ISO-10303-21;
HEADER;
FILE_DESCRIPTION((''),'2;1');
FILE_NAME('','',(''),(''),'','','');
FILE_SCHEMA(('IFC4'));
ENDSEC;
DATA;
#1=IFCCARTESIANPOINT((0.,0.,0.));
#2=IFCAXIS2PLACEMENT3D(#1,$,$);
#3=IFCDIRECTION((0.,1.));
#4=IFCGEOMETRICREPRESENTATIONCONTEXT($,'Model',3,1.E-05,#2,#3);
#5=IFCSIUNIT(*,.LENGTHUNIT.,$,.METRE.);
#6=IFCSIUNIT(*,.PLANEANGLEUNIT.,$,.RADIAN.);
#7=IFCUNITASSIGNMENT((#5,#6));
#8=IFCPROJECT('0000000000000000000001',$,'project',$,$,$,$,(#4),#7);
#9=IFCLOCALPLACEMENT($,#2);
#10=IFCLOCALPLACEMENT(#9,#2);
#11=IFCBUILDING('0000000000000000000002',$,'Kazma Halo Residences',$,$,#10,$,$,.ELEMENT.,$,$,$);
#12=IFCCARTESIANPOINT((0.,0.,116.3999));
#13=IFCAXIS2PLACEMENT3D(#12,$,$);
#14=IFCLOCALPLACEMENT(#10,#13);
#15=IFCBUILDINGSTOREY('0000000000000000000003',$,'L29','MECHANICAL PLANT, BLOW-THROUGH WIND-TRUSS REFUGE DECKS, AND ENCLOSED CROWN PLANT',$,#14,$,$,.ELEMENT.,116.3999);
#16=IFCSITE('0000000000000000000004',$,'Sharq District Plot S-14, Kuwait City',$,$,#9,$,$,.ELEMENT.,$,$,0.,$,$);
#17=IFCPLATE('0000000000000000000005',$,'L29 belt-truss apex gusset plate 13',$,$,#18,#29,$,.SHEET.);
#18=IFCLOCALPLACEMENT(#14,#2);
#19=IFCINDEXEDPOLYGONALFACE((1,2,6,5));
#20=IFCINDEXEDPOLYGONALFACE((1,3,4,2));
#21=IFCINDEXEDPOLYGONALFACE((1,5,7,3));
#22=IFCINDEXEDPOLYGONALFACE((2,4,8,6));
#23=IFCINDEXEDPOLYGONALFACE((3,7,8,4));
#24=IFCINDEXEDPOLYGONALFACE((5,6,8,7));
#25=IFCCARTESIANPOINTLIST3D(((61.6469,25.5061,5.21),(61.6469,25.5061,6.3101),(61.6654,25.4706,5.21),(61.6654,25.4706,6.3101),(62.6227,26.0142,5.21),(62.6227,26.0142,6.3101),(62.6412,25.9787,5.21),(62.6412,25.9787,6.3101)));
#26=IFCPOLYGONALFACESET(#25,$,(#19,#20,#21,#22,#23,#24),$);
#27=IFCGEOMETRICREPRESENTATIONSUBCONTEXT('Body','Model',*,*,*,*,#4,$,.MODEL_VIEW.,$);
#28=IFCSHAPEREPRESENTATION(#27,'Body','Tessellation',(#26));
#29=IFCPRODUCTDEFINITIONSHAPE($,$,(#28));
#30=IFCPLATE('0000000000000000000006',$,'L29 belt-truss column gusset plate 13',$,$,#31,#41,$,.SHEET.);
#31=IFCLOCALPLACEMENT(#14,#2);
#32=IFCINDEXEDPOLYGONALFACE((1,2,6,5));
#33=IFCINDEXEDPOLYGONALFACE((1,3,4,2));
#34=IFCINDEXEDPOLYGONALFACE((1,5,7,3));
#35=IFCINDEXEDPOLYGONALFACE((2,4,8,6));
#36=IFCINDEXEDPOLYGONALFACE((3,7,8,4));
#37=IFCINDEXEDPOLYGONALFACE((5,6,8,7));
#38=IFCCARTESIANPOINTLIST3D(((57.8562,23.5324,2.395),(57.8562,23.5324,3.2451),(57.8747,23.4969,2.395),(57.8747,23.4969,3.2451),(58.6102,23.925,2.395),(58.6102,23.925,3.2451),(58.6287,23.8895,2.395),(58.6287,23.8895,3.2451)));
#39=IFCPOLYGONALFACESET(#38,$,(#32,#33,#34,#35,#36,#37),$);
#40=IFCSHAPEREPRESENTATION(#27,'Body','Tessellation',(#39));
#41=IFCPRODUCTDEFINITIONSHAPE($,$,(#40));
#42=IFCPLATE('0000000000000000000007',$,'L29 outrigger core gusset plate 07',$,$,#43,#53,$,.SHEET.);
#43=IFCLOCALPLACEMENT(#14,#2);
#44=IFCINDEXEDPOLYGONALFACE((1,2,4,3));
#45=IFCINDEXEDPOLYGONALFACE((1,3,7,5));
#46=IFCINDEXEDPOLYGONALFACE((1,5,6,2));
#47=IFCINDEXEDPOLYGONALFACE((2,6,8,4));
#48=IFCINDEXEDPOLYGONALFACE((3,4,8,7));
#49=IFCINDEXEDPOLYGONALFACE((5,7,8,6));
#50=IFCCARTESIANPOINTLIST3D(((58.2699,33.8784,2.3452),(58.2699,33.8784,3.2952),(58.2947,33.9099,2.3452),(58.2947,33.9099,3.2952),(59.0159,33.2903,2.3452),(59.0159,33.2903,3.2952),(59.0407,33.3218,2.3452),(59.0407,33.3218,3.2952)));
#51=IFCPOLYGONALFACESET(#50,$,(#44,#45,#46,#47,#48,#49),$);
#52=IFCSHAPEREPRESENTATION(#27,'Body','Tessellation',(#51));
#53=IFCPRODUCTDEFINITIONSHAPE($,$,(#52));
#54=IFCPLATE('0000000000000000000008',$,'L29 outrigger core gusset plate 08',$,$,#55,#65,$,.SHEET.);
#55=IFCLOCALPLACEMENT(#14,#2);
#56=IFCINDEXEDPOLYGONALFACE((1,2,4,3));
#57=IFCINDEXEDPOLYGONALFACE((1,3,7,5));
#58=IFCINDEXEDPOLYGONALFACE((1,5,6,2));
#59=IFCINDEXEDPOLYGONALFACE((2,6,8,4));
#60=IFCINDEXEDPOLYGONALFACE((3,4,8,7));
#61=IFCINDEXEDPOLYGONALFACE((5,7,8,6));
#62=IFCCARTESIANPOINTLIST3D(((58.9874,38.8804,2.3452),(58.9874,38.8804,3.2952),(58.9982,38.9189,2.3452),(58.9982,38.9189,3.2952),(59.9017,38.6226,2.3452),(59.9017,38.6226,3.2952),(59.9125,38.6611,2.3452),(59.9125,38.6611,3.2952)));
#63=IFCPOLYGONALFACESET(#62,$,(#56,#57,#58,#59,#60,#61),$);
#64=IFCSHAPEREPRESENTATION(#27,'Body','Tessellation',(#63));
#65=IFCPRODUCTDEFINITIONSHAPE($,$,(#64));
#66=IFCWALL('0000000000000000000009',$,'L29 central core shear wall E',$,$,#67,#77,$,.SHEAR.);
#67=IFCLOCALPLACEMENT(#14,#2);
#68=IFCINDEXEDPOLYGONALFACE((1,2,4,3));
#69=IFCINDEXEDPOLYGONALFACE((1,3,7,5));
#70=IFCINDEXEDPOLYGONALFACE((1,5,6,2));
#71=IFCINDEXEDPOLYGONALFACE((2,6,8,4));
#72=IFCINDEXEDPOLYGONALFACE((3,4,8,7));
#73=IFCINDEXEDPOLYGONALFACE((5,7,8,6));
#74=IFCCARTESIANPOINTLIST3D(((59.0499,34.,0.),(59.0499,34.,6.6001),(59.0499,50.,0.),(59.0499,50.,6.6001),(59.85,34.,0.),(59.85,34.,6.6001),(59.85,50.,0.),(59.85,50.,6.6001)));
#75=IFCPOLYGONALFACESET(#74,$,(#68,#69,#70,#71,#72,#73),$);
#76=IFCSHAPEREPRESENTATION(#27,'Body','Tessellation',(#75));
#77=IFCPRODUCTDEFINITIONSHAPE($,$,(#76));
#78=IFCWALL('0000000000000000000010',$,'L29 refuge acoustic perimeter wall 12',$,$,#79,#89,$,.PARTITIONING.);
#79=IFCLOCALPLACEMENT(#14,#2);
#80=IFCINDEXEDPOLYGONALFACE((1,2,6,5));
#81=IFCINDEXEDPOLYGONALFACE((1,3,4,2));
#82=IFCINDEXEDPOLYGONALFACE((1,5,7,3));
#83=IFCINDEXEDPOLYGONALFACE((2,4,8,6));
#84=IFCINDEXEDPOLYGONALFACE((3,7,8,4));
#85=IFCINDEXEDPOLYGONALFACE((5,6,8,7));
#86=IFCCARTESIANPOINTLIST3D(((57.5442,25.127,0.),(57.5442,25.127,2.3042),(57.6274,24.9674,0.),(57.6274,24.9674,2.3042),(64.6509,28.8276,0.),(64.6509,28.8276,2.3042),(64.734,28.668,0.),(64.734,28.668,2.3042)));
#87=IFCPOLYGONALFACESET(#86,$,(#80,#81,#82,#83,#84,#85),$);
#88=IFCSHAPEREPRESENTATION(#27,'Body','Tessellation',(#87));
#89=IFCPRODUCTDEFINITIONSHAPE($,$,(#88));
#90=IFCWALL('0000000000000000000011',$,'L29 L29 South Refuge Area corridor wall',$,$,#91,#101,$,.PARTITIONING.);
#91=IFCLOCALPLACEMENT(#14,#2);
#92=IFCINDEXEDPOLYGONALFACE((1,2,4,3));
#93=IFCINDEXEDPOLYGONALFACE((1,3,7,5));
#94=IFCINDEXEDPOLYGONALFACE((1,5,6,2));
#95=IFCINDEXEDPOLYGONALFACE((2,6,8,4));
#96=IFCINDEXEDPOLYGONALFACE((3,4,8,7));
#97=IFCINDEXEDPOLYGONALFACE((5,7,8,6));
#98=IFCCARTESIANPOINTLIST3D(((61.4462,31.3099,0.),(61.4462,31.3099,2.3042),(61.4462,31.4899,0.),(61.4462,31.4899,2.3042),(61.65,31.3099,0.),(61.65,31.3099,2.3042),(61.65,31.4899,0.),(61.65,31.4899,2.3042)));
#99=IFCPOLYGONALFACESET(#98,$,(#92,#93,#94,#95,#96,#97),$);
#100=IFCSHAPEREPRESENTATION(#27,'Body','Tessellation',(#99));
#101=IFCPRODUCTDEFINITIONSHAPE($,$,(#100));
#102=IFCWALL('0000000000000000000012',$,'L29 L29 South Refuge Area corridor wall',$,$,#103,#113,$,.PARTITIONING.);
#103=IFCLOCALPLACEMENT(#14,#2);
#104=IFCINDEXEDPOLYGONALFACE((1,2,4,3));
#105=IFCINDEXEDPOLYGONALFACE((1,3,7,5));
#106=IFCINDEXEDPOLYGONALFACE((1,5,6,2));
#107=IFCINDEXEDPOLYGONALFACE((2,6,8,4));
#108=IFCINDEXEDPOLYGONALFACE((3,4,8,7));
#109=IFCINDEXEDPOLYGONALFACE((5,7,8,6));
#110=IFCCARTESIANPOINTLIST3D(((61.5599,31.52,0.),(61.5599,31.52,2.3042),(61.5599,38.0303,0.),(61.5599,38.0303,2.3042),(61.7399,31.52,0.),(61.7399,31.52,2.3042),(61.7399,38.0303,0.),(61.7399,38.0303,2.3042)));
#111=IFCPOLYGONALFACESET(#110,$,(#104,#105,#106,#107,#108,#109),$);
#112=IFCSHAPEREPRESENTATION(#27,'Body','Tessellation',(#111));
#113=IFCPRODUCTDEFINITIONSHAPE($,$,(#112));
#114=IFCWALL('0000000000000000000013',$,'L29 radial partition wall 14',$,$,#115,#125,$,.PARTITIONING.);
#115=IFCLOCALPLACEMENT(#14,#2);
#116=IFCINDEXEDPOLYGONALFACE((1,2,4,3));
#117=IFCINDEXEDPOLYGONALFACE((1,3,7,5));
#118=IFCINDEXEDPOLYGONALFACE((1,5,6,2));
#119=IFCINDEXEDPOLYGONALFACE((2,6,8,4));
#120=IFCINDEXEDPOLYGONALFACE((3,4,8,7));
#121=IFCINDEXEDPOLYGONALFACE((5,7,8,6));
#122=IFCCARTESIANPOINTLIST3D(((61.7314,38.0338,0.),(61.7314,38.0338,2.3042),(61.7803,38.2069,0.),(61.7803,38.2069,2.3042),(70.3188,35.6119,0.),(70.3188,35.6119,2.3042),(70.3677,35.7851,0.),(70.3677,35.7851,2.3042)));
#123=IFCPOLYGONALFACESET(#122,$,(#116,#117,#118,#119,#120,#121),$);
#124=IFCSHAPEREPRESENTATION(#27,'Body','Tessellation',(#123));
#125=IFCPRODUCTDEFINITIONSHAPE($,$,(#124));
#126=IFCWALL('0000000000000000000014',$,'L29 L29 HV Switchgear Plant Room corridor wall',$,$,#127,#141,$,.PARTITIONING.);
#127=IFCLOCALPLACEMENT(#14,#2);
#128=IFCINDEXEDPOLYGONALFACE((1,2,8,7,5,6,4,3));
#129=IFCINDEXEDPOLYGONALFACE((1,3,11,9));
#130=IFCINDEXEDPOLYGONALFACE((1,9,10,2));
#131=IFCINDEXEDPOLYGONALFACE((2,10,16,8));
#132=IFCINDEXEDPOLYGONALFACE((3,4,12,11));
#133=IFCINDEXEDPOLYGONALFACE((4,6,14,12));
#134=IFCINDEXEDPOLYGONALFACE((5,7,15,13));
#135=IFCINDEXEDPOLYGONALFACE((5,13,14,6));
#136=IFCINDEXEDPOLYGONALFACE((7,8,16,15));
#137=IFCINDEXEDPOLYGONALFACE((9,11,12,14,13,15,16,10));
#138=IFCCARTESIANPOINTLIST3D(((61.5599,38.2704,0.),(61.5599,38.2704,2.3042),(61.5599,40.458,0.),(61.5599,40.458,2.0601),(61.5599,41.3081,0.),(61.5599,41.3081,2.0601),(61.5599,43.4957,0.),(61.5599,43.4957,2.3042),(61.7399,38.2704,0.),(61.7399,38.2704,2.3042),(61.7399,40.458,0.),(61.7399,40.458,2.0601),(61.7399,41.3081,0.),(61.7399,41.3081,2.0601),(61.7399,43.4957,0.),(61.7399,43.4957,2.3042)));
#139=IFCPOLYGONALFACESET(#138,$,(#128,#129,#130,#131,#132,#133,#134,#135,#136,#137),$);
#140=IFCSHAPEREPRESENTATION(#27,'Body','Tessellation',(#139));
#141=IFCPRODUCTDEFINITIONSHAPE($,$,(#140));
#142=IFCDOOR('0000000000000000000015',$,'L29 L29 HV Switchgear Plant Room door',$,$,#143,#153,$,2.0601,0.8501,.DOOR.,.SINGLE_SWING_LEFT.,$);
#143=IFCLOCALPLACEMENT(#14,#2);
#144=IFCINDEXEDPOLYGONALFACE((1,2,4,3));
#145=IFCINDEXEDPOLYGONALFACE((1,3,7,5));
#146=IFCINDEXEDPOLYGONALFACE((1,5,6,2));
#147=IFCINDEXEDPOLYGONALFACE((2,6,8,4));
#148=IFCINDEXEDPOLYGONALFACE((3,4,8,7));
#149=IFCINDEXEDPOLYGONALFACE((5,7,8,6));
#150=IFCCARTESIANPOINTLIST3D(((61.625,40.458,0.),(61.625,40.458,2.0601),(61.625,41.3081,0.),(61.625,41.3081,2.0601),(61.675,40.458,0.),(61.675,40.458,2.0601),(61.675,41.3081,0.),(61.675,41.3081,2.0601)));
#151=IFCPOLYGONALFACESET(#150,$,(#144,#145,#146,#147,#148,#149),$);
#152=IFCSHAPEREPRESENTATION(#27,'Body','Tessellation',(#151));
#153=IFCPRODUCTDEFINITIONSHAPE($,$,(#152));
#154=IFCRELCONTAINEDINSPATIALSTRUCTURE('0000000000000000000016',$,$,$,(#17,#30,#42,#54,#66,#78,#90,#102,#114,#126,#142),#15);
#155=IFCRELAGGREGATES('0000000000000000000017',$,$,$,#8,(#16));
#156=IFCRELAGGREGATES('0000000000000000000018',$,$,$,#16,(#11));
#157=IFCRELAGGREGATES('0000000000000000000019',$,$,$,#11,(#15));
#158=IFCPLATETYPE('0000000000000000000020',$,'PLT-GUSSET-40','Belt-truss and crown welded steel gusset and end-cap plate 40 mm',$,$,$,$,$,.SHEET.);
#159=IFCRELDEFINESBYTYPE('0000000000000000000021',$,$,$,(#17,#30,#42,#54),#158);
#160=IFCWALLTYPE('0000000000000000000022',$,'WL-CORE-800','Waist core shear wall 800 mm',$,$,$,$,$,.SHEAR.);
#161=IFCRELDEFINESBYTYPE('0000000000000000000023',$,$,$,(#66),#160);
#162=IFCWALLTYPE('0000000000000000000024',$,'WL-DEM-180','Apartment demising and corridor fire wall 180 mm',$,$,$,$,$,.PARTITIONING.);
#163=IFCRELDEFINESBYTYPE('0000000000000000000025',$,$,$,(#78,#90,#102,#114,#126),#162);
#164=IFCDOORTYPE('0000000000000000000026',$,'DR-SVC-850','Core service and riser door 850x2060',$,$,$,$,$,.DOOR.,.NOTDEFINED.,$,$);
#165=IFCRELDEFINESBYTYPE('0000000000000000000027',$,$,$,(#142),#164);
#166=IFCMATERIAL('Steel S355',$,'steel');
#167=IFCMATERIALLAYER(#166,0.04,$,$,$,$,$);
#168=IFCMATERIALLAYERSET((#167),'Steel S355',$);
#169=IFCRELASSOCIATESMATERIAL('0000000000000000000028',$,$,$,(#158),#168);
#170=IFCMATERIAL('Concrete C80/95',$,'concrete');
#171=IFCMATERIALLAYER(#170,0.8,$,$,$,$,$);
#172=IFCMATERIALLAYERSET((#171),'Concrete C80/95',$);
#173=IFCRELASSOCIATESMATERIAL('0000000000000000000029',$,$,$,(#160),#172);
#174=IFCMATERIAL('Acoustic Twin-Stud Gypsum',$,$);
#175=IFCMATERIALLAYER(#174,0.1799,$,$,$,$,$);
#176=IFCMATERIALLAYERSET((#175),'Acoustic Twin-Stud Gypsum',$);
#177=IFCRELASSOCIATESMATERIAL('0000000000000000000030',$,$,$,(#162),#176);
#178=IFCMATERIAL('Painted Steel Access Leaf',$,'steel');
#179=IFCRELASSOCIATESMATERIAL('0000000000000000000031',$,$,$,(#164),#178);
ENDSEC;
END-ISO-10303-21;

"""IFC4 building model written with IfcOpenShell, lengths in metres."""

from ifc_helpers import new_model, si_unit, direction, frame, frame_2d, origin, origin_2d, place, context, subcontext, project, spatial, rectangle, extrude, material, layer, layer_set, type_object, element, fill, save


model = new_model("IFC4")

# Units and contexts
model_context = context("Model", 3, precision=1e-05, world=origin(), true_north=direction((0.0, 1.0)))
body_context = subcontext(model_context, "Body", "Model", "MODEL_VIEW")
ifc_project = project(units=[si_unit("LENGTHUNIT", "METRE"), si_unit("PLANEANGLEUNIT", "RADIAN")], contexts=[model_context])

# Site, building, storey
site_placement = place(None, origin())
site = spatial("IfcSite", under=ifc_project, at=site_placement, Name="Sharq District Plot S-14, Kuwait City", CompositionType="ELEMENT", RefElevation=0.0)
building_placement = place(site_placement, origin())
building = spatial("IfcBuilding", under=site, at=building_placement, Name="Kazma Halo Residences", CompositionType="ELEMENT")
storey_placement = place(building_placement, frame((0.0, 0.0, 116.3999)))
storey = spatial("IfcBuildingStorey", under=building, at=storey_placement, Name="L29", Description="MECHANICAL PLANT, BLOW-THROUGH WIND-TRUSS REFUGE DECKS, AND ENCLOSED CROWN PLANT", CompositionType="ELEMENT", Elevation=116.3999)

# Shared definitions
ifc_material_1 = material(Name="Concrete C80/95", Category="concrete")

# Shared definitions
ifc_material_2 = material(Name="Steel S355", Category="steel")

# Plates
ifc_layer_1 = layer(ifc_material_2, 0.04)
ifc_layer_set_1 = layer_set([ifc_layer_1], Name="Steel S355")
plate_type = type_object("IfcPlateType", Name="PLT-GUSSET-40", Description="Belt-truss and crown welded steel gusset and end-cap plate 40 mm", PredefinedType="SHEET", material=ifc_layer_set_1)
plate_1_placement = place(storey_placement, frame((62.144, 25.7424, 5.21), z_axis=(0.0, 0.0, 1.0), x_axis=(0.886957, 0.461853, 0.0)))
element("IfcPlate", 1, at=plate_1_placement, inside=storey, type_object=plate_type, Name="L29 belt-truss apex gusset plate 13", PredefinedType="SHEET", context=body_context, shape_type="SweptSolid", body=[
    extrude(rectangle(XDim=1.1001, YDim=0.04, at=origin_2d()), origin(), (0.0, 0.0, 1.0), 1.1001),
])
plate_2_placement = place(storey_placement, frame((58.2424, 23.7109, 2.395), z_axis=(0.0, 0.0, 1.0), x_axis=(0.886957, 0.461853, 0.0)))
element("IfcPlate", 2, at=plate_2_placement, inside=storey, type_object=plate_type, Name="L29 belt-truss column gusset plate 13", PredefinedType="SHEET", context=body_context, shape_type="SweptSolid", body=[
    extrude(rectangle(XDim=0.8501, YDim=0.04, at=origin_2d()), origin(), (0.0, 0.0, 1.0), 0.8501),
])
for number, where, z_axis, x_axis, name in (
    (3, (58.6553, 33.6001, 2.3452), (0.0, 0.0, 1.0), (0.78532, -0.61909, 0.0), "L29 outrigger core gusset plate 07"),
    (4, (59.45, 38.7708, 2.3452), (0.0, 0.0, 1.0), (0.962455, -0.271441, 0.0), "L29 outrigger core gusset plate 08"),
):
    element("IfcPlate", number, at=place(storey_placement, frame(where, z_axis=z_axis, x_axis=x_axis)), inside=storey, type_object=plate_type, Name=name, PredefinedType="SHEET", context=body_context, shape_type="SweptSolid", body=[
        extrude(rectangle(XDim=0.95, YDim=0.04, at=origin_2d()), origin(), (0.0, 0.0, 1.0), 0.95),
    ])

# Walls
ifc_layer_2 = layer(ifc_material_1, 0.8)
ifc_layer_set_2 = layer_set([ifc_layer_2], Name="Concrete C80/95")
wall_type_1 = type_object("IfcWallType", Name="WL-CORE-800", Description="Waist core shear wall 800 mm", PredefinedType="SHEAR", material=ifc_layer_set_2)
wall_1_placement = place(storey_placement, frame((59.45, 34.0, 0.0), z_axis=(0.0, 0.0, 1.0), x_axis=(0.0, 1.0, 0.0)))
element("IfcWall", 5, at=wall_1_placement, inside=storey, type_object=wall_type_1, Name="L29 central core shear wall E", PredefinedType="SHEAR", context=body_context, shape_type="SweptSolid", body=[
    extrude(rectangle(XDim=16.0, YDim=0.8, at=frame_2d((8.0, 0.0))), origin(), (0.0, 0.0, 1.0), 6.6001),
])
ifc_material_3 = material(Name="Acoustic Twin-Stud Gypsum")
ifc_layer_3 = layer(ifc_material_3, 0.1799)
ifc_layer_set_3 = layer_set([ifc_layer_3], Name="Acoustic Twin-Stud Gypsum")
wall_type_2 = type_object("IfcWallType", Name="WL-DEM-180", Description="Apartment demising and corridor fire wall 180 mm", PredefinedType="PARTITIONING", material=ifc_layer_set_3)
wall_2_placement = place(storey_placement, frame((57.5857, 25.0471, 0.0), z_axis=(0.0, 0.0, 1.0), x_axis=(0.886951, 0.461864, 0.0)))
element("IfcWall", 6, at=wall_2_placement, inside=storey, type_object=wall_type_2, Name="L29 refuge acoustic perimeter wall 12", PredefinedType="PARTITIONING", context=body_context, shape_type="SweptSolid", body=[
    extrude(rectangle(XDim=8.0125, YDim=0.1799, at=frame_2d((4.0063, 0.0))), origin(), (0.0, 0.0, 1.0), 2.3042),
])
wall_3_placement = place(storey_placement, frame((61.446, 31.3999, 0.0), z_axis=(0.0, 0.0, 1.0), x_axis=(1.0, 0.0, 0.0)))
element("IfcWall", 7, at=wall_3_placement, inside=storey, type_object=wall_type_2, Name="L29 L29 South Refuge Area corridor wall", PredefinedType="PARTITIONING", context=body_context, shape_type="SweptSolid", body=[
    extrude(rectangle(XDim=0.2039, YDim=0.1799, at=frame_2d((0.1021, 0.0))), origin(), (0.0, 0.0, 1.0), 2.3042),
])
wall_4_placement = place(storey_placement, frame((61.6499, 31.52, 0.0), z_axis=(0.0, 0.0, 1.0), x_axis=(0.0, 1.0, 0.0)))
element("IfcWall", 8, at=wall_4_placement, inside=storey, type_object=wall_type_2, Name="L29 L29 South Refuge Area corridor wall", PredefinedType="PARTITIONING", context=body_context, shape_type="SweptSolid", body=[
    extrude(rectangle(XDim=6.5103, YDim=0.1799, at=frame_2d((3.2551, 0.0))), origin(), (0.0, 0.0, 1.0), 2.3042),
])
wall_5_placement = place(storey_placement, frame((61.7559, 38.1204, 0.0), z_axis=(0.0, 0.0, 1.0), x_axis=(0.962456, -0.271438, 0.0)))
element("IfcWall", 9, at=wall_5_placement, inside=storey, type_object=wall_type_2, Name="L29 radial partition wall 14", PredefinedType="PARTITIONING", context=body_context, shape_type="SweptSolid", body=[
    extrude(rectangle(XDim=8.9224, YDim=0.1799, at=frame_2d((4.4612, 0.0))), origin(), (0.0, 0.0, 1.0), 2.3042),
])

# Wall, opening, door
wall_6_placement = place(storey_placement, frame((61.6499, 38.2703, 0.0), z_axis=(0.0, 0.0, 1.0), x_axis=(0.0, 1.0, 0.0)))
wall_6 = element("IfcWall", 10, at=wall_6_placement, inside=storey, type_object=wall_type_2, Name="L29 L29 HV Switchgear Plant Room corridor wall", PredefinedType="PARTITIONING", context=body_context, shape_type="SweptSolid", body=[
    extrude(rectangle(XDim=5.2253, YDim=0.1799, at=frame_2d((2.6128, 0.0))), origin(), (0.0, 0.0, 1.0), 2.3042),
])
opening_placement = place(wall_6_placement, frame((2.1877, 0.0, 0.0)))
opening = element("IfcOpeningElement", 11, at=opening_placement, cuts=wall_6, PredefinedType="OPENING", context=body_context, shape_type="SweptSolid", body=[
    extrude(rectangle(XDim=0.8501, YDim=2.0601, at=frame_2d((0.425, 1.03))), frame((0.0, 0.0999, 0.0), z_axis=(0.0, -1.0, 0.0), x_axis=(1.0, 0.0, 0.0)), (0.0, 0.0, 1.0), 0.2),
])
ifc_material_4 = material(Name="Painted Steel Access Leaf", Category="steel")
door_type = type_object("IfcDoorType", Name="DR-SVC-850", Description="Core service and riser door 850x2060", OperationType="NOTDEFINED", PredefinedType="DOOR", material=ifc_material_4)
door_placement = place(opening_placement, origin())
door = element("IfcDoor", 12, at=door_placement, inside=storey, type_object=door_type, Name="L29 L29 HV Switchgear Plant Room door", OperationType="SINGLE_SWING_LEFT", OverallHeight=2.0601, OverallWidth=0.8501, PredefinedType="DOOR", context=body_context, shape_type="SweptSolid", body=[
    extrude(rectangle(XDim=0.8501, YDim=2.0601, at=frame_2d((0.425, 1.03))), frame((0.0, 0.0249, 0.0), z_axis=(0.0, -1.0, 0.0), x_axis=(1.0, 0.0, 0.0)), (0.0, 0.0, 1.0), 0.05),
])
fill(opening, door)

save(model, "model.ifc")
